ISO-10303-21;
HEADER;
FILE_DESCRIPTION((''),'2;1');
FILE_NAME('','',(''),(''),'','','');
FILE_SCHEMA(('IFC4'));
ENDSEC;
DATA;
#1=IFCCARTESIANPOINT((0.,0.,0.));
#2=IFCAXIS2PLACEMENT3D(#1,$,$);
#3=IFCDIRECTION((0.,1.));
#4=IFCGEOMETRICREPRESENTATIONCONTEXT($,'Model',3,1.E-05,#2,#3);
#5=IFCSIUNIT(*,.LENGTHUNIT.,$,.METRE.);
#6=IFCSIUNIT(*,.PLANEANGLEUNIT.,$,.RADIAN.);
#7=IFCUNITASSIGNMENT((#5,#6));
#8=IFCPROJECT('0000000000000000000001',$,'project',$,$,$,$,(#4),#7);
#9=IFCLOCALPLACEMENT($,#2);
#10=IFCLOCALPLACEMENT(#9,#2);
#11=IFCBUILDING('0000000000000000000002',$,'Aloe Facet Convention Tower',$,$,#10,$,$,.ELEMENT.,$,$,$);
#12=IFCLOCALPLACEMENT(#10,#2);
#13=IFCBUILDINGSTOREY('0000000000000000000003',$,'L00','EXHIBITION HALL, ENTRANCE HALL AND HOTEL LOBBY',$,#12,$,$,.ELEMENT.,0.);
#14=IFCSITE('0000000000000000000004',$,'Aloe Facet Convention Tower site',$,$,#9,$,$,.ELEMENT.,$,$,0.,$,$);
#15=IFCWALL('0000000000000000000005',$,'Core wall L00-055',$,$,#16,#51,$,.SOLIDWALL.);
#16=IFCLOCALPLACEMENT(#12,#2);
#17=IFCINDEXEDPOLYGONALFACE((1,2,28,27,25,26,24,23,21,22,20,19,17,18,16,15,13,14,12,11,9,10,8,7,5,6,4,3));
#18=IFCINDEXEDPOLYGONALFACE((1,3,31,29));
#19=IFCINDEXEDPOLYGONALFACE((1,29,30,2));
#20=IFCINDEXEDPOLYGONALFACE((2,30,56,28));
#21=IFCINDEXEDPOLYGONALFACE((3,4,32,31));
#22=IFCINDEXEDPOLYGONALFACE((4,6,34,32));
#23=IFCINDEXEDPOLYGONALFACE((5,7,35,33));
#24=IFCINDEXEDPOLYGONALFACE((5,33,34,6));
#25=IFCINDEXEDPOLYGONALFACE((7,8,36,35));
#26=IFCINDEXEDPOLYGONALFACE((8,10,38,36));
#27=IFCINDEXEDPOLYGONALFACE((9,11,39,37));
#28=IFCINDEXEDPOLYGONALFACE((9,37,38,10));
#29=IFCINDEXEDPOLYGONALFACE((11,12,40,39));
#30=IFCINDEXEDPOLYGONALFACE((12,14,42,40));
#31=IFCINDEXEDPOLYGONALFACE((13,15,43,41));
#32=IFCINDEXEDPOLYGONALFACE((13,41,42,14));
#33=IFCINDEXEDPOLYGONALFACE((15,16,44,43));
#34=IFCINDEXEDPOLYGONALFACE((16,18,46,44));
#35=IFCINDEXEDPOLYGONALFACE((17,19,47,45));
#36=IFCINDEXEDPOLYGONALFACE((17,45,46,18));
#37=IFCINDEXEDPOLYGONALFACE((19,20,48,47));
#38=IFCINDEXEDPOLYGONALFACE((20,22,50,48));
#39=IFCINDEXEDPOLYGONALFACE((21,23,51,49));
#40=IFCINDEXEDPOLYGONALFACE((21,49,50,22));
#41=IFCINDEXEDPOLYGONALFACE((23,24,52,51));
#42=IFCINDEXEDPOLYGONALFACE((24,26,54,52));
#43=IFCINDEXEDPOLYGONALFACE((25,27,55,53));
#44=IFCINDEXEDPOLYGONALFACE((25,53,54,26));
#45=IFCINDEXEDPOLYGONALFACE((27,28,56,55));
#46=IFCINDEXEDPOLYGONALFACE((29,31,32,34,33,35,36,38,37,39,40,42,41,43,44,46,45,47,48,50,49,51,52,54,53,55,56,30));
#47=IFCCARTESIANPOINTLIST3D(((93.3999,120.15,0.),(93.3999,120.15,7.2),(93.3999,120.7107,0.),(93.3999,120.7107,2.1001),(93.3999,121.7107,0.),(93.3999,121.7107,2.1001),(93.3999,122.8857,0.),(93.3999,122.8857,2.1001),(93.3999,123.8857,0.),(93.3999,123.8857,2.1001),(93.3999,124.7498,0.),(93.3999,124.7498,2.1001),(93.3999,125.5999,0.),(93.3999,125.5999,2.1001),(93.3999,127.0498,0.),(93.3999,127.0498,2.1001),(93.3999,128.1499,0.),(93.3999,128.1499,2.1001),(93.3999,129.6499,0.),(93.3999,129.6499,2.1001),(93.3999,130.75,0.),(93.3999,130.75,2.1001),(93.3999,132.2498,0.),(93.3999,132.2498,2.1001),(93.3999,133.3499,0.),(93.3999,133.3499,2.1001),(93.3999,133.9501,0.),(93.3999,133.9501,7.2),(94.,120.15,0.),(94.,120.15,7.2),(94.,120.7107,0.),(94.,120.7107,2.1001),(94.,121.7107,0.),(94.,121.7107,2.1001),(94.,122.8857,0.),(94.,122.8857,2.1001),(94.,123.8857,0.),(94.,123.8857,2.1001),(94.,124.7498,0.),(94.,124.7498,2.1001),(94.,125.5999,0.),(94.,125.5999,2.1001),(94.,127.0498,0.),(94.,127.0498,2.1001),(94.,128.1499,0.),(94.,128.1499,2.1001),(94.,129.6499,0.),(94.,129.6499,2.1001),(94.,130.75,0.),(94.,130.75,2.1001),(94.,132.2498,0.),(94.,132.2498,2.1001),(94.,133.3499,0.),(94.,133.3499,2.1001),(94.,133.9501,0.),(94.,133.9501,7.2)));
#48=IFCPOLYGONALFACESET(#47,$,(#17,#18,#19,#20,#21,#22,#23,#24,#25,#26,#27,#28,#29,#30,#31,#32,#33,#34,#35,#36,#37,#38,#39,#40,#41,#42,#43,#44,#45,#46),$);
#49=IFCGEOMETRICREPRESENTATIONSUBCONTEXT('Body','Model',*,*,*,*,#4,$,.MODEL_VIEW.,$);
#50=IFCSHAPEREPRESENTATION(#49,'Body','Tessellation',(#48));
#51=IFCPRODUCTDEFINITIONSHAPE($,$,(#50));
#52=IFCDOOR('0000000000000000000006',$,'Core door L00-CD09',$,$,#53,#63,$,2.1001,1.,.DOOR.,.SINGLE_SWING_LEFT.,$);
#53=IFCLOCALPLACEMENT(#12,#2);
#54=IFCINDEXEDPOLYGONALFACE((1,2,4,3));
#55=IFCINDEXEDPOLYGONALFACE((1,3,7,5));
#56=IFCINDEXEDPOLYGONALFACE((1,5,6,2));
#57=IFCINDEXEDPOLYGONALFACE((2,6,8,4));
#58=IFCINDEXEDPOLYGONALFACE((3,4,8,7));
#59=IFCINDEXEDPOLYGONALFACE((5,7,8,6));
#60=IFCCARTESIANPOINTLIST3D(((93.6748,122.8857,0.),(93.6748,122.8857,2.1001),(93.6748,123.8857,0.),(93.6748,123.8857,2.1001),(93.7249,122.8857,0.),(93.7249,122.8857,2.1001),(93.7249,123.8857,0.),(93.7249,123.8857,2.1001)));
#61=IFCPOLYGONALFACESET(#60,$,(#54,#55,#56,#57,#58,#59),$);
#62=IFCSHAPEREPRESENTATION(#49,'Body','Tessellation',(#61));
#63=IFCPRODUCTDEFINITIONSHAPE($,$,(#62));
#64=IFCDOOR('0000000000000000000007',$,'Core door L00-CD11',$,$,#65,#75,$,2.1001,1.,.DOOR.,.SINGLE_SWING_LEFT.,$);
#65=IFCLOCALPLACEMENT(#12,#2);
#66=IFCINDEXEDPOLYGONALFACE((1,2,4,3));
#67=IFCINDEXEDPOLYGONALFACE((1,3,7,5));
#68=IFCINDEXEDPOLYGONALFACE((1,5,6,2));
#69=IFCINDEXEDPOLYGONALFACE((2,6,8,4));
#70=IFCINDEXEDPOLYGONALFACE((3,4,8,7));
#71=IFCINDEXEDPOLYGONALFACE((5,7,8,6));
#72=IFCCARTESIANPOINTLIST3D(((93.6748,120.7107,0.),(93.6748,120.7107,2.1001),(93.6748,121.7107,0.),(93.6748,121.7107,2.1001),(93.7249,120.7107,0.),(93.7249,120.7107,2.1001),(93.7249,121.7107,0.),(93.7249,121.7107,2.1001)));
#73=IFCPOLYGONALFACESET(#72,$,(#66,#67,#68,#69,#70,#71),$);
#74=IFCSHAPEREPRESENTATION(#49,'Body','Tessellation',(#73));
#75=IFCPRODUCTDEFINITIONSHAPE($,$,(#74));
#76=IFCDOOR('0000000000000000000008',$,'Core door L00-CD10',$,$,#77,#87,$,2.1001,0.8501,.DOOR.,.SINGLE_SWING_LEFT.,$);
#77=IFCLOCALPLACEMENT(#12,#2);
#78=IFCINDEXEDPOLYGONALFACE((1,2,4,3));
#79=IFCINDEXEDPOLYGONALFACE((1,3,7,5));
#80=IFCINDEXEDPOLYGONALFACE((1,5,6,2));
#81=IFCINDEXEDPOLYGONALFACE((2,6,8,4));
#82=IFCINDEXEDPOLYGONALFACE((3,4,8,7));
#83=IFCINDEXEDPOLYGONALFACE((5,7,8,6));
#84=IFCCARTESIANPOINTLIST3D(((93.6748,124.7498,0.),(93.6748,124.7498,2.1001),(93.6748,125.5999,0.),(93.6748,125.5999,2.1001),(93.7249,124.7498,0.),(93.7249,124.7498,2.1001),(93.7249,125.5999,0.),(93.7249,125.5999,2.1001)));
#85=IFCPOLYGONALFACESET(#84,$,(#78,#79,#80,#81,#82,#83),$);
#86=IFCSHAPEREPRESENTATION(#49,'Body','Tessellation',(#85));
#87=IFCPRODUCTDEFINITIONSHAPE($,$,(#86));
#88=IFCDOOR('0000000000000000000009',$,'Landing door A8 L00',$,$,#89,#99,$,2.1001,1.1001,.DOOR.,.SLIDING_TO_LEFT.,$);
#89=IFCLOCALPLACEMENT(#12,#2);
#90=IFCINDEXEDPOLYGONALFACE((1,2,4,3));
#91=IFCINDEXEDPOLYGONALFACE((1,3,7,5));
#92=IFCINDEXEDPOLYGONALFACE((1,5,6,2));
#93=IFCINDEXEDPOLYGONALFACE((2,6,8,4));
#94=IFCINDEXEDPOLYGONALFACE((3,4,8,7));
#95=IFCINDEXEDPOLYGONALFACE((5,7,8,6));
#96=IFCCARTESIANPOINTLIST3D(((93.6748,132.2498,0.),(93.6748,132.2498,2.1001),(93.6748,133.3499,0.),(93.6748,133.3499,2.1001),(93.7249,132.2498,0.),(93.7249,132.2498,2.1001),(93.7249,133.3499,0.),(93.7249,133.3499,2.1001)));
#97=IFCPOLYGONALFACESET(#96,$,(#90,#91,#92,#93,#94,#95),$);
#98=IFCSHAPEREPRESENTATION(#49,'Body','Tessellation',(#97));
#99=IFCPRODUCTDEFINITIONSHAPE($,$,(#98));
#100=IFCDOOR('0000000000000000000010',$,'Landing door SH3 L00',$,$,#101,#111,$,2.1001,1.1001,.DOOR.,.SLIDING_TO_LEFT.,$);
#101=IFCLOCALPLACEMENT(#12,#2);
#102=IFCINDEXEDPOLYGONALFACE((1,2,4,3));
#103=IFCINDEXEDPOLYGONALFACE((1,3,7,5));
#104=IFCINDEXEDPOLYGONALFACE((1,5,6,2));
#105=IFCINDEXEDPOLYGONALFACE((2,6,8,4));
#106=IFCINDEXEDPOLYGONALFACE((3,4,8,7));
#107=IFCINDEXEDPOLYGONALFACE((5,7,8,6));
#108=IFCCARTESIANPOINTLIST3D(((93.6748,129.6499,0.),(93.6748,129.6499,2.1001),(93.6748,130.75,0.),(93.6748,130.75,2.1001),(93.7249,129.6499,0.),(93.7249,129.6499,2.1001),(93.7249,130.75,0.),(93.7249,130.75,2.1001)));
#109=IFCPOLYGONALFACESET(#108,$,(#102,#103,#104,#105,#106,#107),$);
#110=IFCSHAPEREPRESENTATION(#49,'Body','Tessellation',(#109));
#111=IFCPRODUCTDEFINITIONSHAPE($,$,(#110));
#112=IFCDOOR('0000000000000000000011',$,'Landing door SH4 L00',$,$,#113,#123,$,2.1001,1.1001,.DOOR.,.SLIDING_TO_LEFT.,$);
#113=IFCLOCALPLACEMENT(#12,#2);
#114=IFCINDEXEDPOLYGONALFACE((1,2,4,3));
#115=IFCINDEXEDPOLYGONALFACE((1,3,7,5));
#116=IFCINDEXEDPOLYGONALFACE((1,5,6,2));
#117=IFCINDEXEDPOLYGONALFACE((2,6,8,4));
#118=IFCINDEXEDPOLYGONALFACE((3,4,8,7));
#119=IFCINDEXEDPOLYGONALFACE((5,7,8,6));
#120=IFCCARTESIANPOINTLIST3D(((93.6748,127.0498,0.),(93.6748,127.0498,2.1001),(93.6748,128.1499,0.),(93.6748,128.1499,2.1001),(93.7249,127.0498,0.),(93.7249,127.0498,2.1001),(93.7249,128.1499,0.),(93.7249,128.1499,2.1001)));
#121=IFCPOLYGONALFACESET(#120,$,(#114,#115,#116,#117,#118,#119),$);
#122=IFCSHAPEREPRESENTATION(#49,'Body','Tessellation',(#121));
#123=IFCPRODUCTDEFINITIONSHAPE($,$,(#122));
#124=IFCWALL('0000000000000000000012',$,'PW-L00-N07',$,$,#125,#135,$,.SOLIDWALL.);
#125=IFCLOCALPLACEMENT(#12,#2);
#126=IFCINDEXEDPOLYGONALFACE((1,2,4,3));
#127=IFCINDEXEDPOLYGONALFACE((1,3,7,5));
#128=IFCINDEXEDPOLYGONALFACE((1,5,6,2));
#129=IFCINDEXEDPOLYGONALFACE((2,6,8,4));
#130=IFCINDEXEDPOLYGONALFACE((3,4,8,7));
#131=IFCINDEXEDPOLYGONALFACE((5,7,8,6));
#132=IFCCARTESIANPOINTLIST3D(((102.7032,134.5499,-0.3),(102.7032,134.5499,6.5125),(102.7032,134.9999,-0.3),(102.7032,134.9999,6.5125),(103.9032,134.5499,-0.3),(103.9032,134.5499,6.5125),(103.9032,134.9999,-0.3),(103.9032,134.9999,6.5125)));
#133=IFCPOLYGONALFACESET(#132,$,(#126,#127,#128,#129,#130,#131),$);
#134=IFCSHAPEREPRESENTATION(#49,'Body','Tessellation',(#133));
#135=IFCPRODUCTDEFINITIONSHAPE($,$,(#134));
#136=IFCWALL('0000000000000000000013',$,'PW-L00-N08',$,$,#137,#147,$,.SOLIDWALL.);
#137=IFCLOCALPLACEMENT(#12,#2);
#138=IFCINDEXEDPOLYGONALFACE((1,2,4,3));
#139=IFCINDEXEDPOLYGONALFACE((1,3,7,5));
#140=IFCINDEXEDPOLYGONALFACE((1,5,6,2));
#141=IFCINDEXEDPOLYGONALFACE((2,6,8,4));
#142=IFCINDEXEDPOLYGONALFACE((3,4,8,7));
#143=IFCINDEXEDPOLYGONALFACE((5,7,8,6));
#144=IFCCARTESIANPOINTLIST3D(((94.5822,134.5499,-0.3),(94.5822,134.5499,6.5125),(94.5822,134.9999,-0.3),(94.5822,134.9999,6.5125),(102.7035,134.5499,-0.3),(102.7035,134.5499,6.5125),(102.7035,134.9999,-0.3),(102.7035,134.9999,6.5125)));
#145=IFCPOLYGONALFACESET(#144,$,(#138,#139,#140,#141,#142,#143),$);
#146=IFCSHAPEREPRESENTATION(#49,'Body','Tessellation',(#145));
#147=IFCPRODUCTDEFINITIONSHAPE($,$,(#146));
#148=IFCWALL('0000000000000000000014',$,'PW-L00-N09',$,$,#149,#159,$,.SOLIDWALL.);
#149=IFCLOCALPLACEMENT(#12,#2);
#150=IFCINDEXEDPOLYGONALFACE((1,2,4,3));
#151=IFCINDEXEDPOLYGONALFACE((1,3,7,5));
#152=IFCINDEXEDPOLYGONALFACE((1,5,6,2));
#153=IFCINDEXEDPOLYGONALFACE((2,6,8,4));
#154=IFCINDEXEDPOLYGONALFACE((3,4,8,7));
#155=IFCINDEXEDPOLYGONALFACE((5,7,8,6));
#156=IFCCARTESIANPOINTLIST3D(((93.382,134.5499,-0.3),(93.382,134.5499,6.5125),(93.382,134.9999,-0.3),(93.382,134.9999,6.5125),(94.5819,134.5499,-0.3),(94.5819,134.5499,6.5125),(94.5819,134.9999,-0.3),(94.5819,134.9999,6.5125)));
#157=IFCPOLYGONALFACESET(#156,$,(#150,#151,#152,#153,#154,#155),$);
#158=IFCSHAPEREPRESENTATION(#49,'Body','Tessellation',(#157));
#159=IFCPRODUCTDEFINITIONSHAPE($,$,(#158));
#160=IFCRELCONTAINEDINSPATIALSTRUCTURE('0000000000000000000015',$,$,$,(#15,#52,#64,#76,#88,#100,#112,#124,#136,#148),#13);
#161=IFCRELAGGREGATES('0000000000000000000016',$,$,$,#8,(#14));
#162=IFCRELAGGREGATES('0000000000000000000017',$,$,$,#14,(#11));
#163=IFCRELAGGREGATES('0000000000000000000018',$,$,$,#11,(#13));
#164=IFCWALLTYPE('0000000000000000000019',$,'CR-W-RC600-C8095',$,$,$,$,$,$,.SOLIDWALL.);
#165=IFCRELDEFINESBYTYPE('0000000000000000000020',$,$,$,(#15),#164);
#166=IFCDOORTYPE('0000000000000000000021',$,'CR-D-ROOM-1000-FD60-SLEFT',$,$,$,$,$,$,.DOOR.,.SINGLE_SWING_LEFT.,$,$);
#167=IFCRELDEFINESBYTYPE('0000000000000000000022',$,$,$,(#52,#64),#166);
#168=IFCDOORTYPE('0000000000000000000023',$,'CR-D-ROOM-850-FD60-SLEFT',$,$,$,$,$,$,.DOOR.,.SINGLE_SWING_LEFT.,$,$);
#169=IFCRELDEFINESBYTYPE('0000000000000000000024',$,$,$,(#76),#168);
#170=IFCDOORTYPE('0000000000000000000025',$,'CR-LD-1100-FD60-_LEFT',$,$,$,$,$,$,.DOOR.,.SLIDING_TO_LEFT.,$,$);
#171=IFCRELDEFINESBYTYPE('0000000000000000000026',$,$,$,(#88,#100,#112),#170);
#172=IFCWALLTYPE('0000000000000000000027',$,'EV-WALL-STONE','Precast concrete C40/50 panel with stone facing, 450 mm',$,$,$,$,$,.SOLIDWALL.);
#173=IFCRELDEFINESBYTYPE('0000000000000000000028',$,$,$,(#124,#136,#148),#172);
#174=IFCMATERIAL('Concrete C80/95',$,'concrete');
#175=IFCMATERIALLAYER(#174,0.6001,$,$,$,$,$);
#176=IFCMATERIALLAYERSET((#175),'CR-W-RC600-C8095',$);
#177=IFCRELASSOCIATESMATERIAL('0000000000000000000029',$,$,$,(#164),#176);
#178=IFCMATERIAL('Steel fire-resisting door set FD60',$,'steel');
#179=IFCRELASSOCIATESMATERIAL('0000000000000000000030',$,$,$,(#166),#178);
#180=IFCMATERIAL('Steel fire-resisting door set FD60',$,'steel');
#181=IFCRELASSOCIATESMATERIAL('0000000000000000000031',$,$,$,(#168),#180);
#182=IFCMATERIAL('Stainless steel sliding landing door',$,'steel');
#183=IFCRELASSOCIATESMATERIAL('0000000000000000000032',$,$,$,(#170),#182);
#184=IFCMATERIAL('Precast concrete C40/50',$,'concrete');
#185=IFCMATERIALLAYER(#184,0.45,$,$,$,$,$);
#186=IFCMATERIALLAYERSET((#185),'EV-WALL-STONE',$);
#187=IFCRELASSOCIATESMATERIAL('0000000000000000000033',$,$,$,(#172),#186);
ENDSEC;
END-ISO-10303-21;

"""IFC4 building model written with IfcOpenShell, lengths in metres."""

from ifc_helpers import new_model, si_unit, direction, frame, frame_2d, origin, place, context, subcontext, project, spatial, rectangle, extrude, material, layer, layer_set, type_object, element, fill, save


model = new_model("IFC4")

# Units and contexts
model_context = context("Model", 3, precision=1e-05, world=origin(), true_north=direction((0.0, 1.0)))
body_context = subcontext(model_context, "Body", "Model", "MODEL_VIEW")
ifc_project = project(units=[si_unit("LENGTHUNIT", "METRE"), si_unit("PLANEANGLEUNIT", "RADIAN")], contexts=[model_context])

# Site, building, storey
site_placement = place(None, origin())
site = spatial("IfcSite", under=ifc_project, at=site_placement, Name="Aloe Facet Convention Tower site", CompositionType="ELEMENT", RefElevation=0.0)
building_placement = place(site_placement, origin())
building = spatial("IfcBuilding", under=site, at=building_placement, Name="Aloe Facet Convention Tower", CompositionType="ELEMENT")
storey_placement = place(building_placement, origin())
storey = spatial("IfcBuildingStorey", under=building, at=storey_placement, Name="L00", Description="EXHIBITION HALL, ENTRANCE HALL AND HOTEL LOBBY", CompositionType="ELEMENT", Elevation=0.0)

# Wall, openings, doors
ifc_material_1 = material(Name="Concrete C80/95", Category="concrete")
ifc_layer_1 = layer(ifc_material_1, 0.6001)
ifc_layer_set_1 = layer_set([ifc_layer_1], Name="CR-W-RC600-C8095")
wall_type_1 = type_object("IfcWallType", Name="CR-W-RC600-C8095", PredefinedType="SOLIDWALL", material=ifc_layer_set_1)
wall_1_placement = place(storey_placement, frame((93.7, 133.95, 0.0), z_axis=(0.0, 0.0, 1.0), x_axis=(0.0, -1.0, 0.0)))
wall_1 = element("IfcWall", 1, at=wall_1_placement, inside=storey, type_object=wall_type_1, Name="Core wall L00-055", PredefinedType="SOLIDWALL", context=body_context, shape_type="SweptSolid", body=[
    extrude(rectangle(XDim=13.8, YDim=0.6001, at=frame_2d((6.8999, 0.0))), origin(), (0.0, 0.0, 1.0), 7.2),
])
opening_1_placement = place(wall_1_placement, frame((0.6001, 0.0, 0.0)))
opening_1 = element("IfcOpeningElement", 2, at=opening_1_placement, cuts=wall_1, PredefinedType="OPENING", context=body_context, shape_type="SweptSolid", body=[
    extrude(rectangle(XDim=1.1001, YDim=2.1001, at=frame_2d((0.55, 1.05))), frame((0.0, 0.3101, 0.0), z_axis=(0.0, -1.0, 0.0), x_axis=(1.0, 0.0, 0.0)), (0.0, 0.0, 1.0), 0.6201),
])
opening_2_placement = place(wall_1_placement, frame((10.0642, 0.0, 0.0)))
opening_2 = element("IfcOpeningElement", 3, at=opening_2_placement, cuts=wall_1, PredefinedType="OPENING", context=body_context, shape_type="SweptSolid", body=[
    extrude(rectangle(XDim=1.0, YDim=2.1001, at=frame_2d((0.5, 1.05))), frame((0.0, 0.3101, 0.0), z_axis=(0.0, -1.0, 0.0), x_axis=(1.0, 0.0, 0.0)), (0.0, 0.0, 1.0), 0.6201),
])
opening_3_placement = place(wall_1_placement, frame((8.3501, 0.0, 0.0)))
opening_3 = element("IfcOpeningElement", 4, at=opening_3_placement, cuts=wall_1, PredefinedType="OPENING", context=body_context, shape_type="SweptSolid", body=[
    extrude(rectangle(XDim=0.8501, YDim=2.1001, at=frame_2d((0.425, 1.05))), frame((0.0, 0.3101, 0.0), z_axis=(0.0, -1.0, 0.0), x_axis=(1.0, 0.0, 0.0)), (0.0, 0.0, 1.0), 0.6201),
])
opening_4_placement = place(wall_1_placement, frame((12.2393, 0.0, 0.0)))
opening_4 = element("IfcOpeningElement", 5, at=opening_4_placement, cuts=wall_1, PredefinedType="OPENING", context=body_context, shape_type="SweptSolid", body=[
    extrude(rectangle(XDim=1.0, YDim=2.1001, at=frame_2d((0.5, 1.05))), frame((0.0, 0.3101, 0.0), z_axis=(0.0, -1.0, 0.0), x_axis=(1.0, 0.0, 0.0)), (0.0, 0.0, 1.0), 0.6201),
])
opening_5_placement = place(wall_1_placement, frame((3.2, 0.0, 0.0)))
opening_5 = element("IfcOpeningElement", 6, at=opening_5_placement, cuts=wall_1, PredefinedType="OPENING", context=body_context, shape_type="SweptSolid", body=[
    extrude(rectangle(XDim=1.1001, YDim=2.1001, at=frame_2d((0.55, 1.05))), frame((0.0, 0.3101, 0.0), z_axis=(0.0, -1.0, 0.0), x_axis=(1.0, 0.0, 0.0)), (0.0, 0.0, 1.0), 0.6201),
])
opening_6_placement = place(wall_1_placement, frame((5.8, 0.0, 0.0)))
opening_6 = element("IfcOpeningElement", 7, at=opening_6_placement, cuts=wall_1, PredefinedType="OPENING", context=body_context, shape_type="SweptSolid", body=[
    extrude(rectangle(XDim=1.1001, YDim=2.1001, at=frame_2d((0.55, 1.05))), frame((0.0, 0.3101, 0.0), z_axis=(0.0, -1.0, 0.0), x_axis=(1.0, 0.0, 0.0)), (0.0, 0.0, 1.0), 0.6201),
])
ifc_material_2 = material(Name="Steel fire-resisting door set FD60", Category="steel")
door_type_1 = type_object("IfcDoorType", Name="CR-D-ROOM-1000-FD60-SLEFT", OperationType="SINGLE_SWING_LEFT", PredefinedType="DOOR", material=ifc_material_2)
door_1_placement = place(opening_2_placement, origin())
door_1 = element("IfcDoor", 8, at=door_1_placement, inside=storey, type_object=door_type_1, Name="Core door L00-CD09", OperationType="SINGLE_SWING_LEFT", OverallHeight=2.1001, OverallWidth=1.0, PredefinedType="DOOR", context=body_context, shape_type="SweptSolid", body=[
    extrude(rectangle(XDim=1.0, YDim=2.1001, at=frame_2d((0.5, 1.05))), frame((0.0, 0.0249, 0.0), z_axis=(0.0, -1.0, 0.0), x_axis=(1.0, 0.0, 0.0)), (0.0, 0.0, 1.0), 0.05),
])
fill(opening_2, door_1)
door_2_placement = place(opening_4_placement, origin())
door_2 = element("IfcDoor", 9, at=door_2_placement, inside=storey, type_object=door_type_1, Name="Core door L00-CD11", OperationType="SINGLE_SWING_LEFT", OverallHeight=2.1001, OverallWidth=1.0, PredefinedType="DOOR", context=body_context, shape_type="SweptSolid", body=[
    extrude(rectangle(XDim=1.0, YDim=2.1001, at=frame_2d((0.5, 1.05))), frame((0.0, 0.0249, 0.0), z_axis=(0.0, -1.0, 0.0), x_axis=(1.0, 0.0, 0.0)), (0.0, 0.0, 1.0), 0.05),
])
fill(opening_4, door_2)
ifc_material_3 = material(Name="Steel fire-resisting door set FD60", Category="steel")
door_type_2 = type_object("IfcDoorType", Name="CR-D-ROOM-850-FD60-SLEFT", OperationType="SINGLE_SWING_LEFT", PredefinedType="DOOR", material=ifc_material_3)
door_3_placement = place(opening_3_placement, origin())
door_3 = element("IfcDoor", 10, at=door_3_placement, inside=storey, type_object=door_type_2, Name="Core door L00-CD10", OperationType="SINGLE_SWING_LEFT", OverallHeight=2.1001, OverallWidth=0.8501, PredefinedType="DOOR", context=body_context, shape_type="SweptSolid", body=[
    extrude(rectangle(XDim=0.8501, YDim=2.1001, at=frame_2d((0.425, 1.05))), frame((0.0, 0.0249, 0.0), z_axis=(0.0, -1.0, 0.0), x_axis=(1.0, 0.0, 0.0)), (0.0, 0.0, 1.0), 0.05),
])
fill(opening_3, door_3)
ifc_material_4 = material(Name="Stainless steel sliding landing door", Category="steel")
door_type_3 = type_object("IfcDoorType", Name="CR-LD-1100-FD60-_LEFT", OperationType="SLIDING_TO_LEFT", PredefinedType="DOOR", material=ifc_material_4)
door_4_placement = place(opening_1_placement, origin())
door_4 = element("IfcDoor", 11, at=door_4_placement, inside=storey, type_object=door_type_3, Name="Landing door A8 L00", OperationType="SLIDING_TO_LEFT", OverallHeight=2.1001, OverallWidth=1.1001, PredefinedType="DOOR", context=body_context, shape_type="SweptSolid", body=[
    extrude(rectangle(XDim=1.1001, YDim=2.1001, at=frame_2d((0.55, 1.05))), frame((0.0, 0.0249, 0.0), z_axis=(0.0, -1.0, 0.0), x_axis=(1.0, 0.0, 0.0)), (0.0, 0.0, 1.0), 0.05),
])
fill(opening_1, door_4)
door_5_placement = place(opening_5_placement, origin())
door_5 = element("IfcDoor", 12, at=door_5_placement, inside=storey, type_object=door_type_3, Name="Landing door SH3 L00", OperationType="SLIDING_TO_LEFT", OverallHeight=2.1001, OverallWidth=1.1001, PredefinedType="DOOR", context=body_context, shape_type="SweptSolid", body=[
    extrude(rectangle(XDim=1.1001, YDim=2.1001, at=frame_2d((0.55, 1.05))), frame((0.0, 0.0249, 0.0), z_axis=(0.0, -1.0, 0.0), x_axis=(1.0, 0.0, 0.0)), (0.0, 0.0, 1.0), 0.05),
])
fill(opening_5, door_5)
door_6_placement = place(opening_6_placement, origin())
door_6 = element("IfcDoor", 13, at=door_6_placement, inside=storey, type_object=door_type_3, Name="Landing door SH4 L00", OperationType="SLIDING_TO_LEFT", OverallHeight=2.1001, OverallWidth=1.1001, PredefinedType="DOOR", context=body_context, shape_type="SweptSolid", body=[
    extrude(rectangle(XDim=1.1001, YDim=2.1001, at=frame_2d((0.55, 1.05))), frame((0.0, 0.0249, 0.0), z_axis=(0.0, -1.0, 0.0), x_axis=(1.0, 0.0, 0.0)), (0.0, 0.0, 1.0), 0.05),
])
fill(opening_6, door_6)

# Walls
ifc_material_5 = material(Name="Precast concrete C40/50", Category="concrete")
ifc_layer_2 = layer(ifc_material_5, 0.45)
ifc_layer_set_2 = layer_set([ifc_layer_2], Name="EV-WALL-STONE")
wall_type_2 = type_object("IfcWallType", Name="EV-WALL-STONE", Description="Precast concrete C40/50 panel with stone facing, 450 mm", PredefinedType="SOLIDWALL", material=ifc_layer_set_2)
wall_2_placement = place(storey_placement, frame((103.9033, 134.7749, -0.3), z_axis=(0.0, 0.0, 1.0), x_axis=(-1.0, 0.0, 0.0)))
element("IfcWall", 14, at=wall_2_placement, inside=storey, type_object=wall_type_2, Name="PW-L00-N07", PredefinedType="SOLIDWALL", context=body_context, shape_type="SweptSolid", body=[
    extrude(rectangle(XDim=1.2, YDim=0.45, at=frame_2d((0.6001, 0.0))), origin(), (0.0, 0.0, 1.0), 6.8125),
])
wall_3_placement = place(storey_placement, frame((102.7034, 134.7749, -0.3), z_axis=(0.0, 0.0, 1.0), x_axis=(-1.0, 0.0, 0.0)))
element("IfcWall", 15, at=wall_3_placement, inside=storey, type_object=wall_type_2, Name="PW-L00-N08", PredefinedType="SOLIDWALL", context=body_context, shape_type="SweptSolid", body=[
    extrude(rectangle(XDim=8.1213, YDim=0.45, at=frame_2d((4.0605, 0.0))), origin(), (0.0, 0.0, 1.0), 6.8125),
])
wall_4_placement = place(storey_placement, frame((94.582, 134.7749, -0.3), z_axis=(0.0, 0.0, 1.0), x_axis=(-1.0, 0.0, 0.0)))
element("IfcWall", 16, at=wall_4_placement, inside=storey, type_object=wall_type_2, Name="PW-L00-N09", PredefinedType="SOLIDWALL", context=body_context, shape_type="SweptSolid", body=[
    extrude(rectangle(XDim=1.2, YDim=0.45, at=frame_2d((0.6001, 0.0))), origin(), (0.0, 0.0, 1.0), 6.8125),
])

save(model, "model.ifc")
